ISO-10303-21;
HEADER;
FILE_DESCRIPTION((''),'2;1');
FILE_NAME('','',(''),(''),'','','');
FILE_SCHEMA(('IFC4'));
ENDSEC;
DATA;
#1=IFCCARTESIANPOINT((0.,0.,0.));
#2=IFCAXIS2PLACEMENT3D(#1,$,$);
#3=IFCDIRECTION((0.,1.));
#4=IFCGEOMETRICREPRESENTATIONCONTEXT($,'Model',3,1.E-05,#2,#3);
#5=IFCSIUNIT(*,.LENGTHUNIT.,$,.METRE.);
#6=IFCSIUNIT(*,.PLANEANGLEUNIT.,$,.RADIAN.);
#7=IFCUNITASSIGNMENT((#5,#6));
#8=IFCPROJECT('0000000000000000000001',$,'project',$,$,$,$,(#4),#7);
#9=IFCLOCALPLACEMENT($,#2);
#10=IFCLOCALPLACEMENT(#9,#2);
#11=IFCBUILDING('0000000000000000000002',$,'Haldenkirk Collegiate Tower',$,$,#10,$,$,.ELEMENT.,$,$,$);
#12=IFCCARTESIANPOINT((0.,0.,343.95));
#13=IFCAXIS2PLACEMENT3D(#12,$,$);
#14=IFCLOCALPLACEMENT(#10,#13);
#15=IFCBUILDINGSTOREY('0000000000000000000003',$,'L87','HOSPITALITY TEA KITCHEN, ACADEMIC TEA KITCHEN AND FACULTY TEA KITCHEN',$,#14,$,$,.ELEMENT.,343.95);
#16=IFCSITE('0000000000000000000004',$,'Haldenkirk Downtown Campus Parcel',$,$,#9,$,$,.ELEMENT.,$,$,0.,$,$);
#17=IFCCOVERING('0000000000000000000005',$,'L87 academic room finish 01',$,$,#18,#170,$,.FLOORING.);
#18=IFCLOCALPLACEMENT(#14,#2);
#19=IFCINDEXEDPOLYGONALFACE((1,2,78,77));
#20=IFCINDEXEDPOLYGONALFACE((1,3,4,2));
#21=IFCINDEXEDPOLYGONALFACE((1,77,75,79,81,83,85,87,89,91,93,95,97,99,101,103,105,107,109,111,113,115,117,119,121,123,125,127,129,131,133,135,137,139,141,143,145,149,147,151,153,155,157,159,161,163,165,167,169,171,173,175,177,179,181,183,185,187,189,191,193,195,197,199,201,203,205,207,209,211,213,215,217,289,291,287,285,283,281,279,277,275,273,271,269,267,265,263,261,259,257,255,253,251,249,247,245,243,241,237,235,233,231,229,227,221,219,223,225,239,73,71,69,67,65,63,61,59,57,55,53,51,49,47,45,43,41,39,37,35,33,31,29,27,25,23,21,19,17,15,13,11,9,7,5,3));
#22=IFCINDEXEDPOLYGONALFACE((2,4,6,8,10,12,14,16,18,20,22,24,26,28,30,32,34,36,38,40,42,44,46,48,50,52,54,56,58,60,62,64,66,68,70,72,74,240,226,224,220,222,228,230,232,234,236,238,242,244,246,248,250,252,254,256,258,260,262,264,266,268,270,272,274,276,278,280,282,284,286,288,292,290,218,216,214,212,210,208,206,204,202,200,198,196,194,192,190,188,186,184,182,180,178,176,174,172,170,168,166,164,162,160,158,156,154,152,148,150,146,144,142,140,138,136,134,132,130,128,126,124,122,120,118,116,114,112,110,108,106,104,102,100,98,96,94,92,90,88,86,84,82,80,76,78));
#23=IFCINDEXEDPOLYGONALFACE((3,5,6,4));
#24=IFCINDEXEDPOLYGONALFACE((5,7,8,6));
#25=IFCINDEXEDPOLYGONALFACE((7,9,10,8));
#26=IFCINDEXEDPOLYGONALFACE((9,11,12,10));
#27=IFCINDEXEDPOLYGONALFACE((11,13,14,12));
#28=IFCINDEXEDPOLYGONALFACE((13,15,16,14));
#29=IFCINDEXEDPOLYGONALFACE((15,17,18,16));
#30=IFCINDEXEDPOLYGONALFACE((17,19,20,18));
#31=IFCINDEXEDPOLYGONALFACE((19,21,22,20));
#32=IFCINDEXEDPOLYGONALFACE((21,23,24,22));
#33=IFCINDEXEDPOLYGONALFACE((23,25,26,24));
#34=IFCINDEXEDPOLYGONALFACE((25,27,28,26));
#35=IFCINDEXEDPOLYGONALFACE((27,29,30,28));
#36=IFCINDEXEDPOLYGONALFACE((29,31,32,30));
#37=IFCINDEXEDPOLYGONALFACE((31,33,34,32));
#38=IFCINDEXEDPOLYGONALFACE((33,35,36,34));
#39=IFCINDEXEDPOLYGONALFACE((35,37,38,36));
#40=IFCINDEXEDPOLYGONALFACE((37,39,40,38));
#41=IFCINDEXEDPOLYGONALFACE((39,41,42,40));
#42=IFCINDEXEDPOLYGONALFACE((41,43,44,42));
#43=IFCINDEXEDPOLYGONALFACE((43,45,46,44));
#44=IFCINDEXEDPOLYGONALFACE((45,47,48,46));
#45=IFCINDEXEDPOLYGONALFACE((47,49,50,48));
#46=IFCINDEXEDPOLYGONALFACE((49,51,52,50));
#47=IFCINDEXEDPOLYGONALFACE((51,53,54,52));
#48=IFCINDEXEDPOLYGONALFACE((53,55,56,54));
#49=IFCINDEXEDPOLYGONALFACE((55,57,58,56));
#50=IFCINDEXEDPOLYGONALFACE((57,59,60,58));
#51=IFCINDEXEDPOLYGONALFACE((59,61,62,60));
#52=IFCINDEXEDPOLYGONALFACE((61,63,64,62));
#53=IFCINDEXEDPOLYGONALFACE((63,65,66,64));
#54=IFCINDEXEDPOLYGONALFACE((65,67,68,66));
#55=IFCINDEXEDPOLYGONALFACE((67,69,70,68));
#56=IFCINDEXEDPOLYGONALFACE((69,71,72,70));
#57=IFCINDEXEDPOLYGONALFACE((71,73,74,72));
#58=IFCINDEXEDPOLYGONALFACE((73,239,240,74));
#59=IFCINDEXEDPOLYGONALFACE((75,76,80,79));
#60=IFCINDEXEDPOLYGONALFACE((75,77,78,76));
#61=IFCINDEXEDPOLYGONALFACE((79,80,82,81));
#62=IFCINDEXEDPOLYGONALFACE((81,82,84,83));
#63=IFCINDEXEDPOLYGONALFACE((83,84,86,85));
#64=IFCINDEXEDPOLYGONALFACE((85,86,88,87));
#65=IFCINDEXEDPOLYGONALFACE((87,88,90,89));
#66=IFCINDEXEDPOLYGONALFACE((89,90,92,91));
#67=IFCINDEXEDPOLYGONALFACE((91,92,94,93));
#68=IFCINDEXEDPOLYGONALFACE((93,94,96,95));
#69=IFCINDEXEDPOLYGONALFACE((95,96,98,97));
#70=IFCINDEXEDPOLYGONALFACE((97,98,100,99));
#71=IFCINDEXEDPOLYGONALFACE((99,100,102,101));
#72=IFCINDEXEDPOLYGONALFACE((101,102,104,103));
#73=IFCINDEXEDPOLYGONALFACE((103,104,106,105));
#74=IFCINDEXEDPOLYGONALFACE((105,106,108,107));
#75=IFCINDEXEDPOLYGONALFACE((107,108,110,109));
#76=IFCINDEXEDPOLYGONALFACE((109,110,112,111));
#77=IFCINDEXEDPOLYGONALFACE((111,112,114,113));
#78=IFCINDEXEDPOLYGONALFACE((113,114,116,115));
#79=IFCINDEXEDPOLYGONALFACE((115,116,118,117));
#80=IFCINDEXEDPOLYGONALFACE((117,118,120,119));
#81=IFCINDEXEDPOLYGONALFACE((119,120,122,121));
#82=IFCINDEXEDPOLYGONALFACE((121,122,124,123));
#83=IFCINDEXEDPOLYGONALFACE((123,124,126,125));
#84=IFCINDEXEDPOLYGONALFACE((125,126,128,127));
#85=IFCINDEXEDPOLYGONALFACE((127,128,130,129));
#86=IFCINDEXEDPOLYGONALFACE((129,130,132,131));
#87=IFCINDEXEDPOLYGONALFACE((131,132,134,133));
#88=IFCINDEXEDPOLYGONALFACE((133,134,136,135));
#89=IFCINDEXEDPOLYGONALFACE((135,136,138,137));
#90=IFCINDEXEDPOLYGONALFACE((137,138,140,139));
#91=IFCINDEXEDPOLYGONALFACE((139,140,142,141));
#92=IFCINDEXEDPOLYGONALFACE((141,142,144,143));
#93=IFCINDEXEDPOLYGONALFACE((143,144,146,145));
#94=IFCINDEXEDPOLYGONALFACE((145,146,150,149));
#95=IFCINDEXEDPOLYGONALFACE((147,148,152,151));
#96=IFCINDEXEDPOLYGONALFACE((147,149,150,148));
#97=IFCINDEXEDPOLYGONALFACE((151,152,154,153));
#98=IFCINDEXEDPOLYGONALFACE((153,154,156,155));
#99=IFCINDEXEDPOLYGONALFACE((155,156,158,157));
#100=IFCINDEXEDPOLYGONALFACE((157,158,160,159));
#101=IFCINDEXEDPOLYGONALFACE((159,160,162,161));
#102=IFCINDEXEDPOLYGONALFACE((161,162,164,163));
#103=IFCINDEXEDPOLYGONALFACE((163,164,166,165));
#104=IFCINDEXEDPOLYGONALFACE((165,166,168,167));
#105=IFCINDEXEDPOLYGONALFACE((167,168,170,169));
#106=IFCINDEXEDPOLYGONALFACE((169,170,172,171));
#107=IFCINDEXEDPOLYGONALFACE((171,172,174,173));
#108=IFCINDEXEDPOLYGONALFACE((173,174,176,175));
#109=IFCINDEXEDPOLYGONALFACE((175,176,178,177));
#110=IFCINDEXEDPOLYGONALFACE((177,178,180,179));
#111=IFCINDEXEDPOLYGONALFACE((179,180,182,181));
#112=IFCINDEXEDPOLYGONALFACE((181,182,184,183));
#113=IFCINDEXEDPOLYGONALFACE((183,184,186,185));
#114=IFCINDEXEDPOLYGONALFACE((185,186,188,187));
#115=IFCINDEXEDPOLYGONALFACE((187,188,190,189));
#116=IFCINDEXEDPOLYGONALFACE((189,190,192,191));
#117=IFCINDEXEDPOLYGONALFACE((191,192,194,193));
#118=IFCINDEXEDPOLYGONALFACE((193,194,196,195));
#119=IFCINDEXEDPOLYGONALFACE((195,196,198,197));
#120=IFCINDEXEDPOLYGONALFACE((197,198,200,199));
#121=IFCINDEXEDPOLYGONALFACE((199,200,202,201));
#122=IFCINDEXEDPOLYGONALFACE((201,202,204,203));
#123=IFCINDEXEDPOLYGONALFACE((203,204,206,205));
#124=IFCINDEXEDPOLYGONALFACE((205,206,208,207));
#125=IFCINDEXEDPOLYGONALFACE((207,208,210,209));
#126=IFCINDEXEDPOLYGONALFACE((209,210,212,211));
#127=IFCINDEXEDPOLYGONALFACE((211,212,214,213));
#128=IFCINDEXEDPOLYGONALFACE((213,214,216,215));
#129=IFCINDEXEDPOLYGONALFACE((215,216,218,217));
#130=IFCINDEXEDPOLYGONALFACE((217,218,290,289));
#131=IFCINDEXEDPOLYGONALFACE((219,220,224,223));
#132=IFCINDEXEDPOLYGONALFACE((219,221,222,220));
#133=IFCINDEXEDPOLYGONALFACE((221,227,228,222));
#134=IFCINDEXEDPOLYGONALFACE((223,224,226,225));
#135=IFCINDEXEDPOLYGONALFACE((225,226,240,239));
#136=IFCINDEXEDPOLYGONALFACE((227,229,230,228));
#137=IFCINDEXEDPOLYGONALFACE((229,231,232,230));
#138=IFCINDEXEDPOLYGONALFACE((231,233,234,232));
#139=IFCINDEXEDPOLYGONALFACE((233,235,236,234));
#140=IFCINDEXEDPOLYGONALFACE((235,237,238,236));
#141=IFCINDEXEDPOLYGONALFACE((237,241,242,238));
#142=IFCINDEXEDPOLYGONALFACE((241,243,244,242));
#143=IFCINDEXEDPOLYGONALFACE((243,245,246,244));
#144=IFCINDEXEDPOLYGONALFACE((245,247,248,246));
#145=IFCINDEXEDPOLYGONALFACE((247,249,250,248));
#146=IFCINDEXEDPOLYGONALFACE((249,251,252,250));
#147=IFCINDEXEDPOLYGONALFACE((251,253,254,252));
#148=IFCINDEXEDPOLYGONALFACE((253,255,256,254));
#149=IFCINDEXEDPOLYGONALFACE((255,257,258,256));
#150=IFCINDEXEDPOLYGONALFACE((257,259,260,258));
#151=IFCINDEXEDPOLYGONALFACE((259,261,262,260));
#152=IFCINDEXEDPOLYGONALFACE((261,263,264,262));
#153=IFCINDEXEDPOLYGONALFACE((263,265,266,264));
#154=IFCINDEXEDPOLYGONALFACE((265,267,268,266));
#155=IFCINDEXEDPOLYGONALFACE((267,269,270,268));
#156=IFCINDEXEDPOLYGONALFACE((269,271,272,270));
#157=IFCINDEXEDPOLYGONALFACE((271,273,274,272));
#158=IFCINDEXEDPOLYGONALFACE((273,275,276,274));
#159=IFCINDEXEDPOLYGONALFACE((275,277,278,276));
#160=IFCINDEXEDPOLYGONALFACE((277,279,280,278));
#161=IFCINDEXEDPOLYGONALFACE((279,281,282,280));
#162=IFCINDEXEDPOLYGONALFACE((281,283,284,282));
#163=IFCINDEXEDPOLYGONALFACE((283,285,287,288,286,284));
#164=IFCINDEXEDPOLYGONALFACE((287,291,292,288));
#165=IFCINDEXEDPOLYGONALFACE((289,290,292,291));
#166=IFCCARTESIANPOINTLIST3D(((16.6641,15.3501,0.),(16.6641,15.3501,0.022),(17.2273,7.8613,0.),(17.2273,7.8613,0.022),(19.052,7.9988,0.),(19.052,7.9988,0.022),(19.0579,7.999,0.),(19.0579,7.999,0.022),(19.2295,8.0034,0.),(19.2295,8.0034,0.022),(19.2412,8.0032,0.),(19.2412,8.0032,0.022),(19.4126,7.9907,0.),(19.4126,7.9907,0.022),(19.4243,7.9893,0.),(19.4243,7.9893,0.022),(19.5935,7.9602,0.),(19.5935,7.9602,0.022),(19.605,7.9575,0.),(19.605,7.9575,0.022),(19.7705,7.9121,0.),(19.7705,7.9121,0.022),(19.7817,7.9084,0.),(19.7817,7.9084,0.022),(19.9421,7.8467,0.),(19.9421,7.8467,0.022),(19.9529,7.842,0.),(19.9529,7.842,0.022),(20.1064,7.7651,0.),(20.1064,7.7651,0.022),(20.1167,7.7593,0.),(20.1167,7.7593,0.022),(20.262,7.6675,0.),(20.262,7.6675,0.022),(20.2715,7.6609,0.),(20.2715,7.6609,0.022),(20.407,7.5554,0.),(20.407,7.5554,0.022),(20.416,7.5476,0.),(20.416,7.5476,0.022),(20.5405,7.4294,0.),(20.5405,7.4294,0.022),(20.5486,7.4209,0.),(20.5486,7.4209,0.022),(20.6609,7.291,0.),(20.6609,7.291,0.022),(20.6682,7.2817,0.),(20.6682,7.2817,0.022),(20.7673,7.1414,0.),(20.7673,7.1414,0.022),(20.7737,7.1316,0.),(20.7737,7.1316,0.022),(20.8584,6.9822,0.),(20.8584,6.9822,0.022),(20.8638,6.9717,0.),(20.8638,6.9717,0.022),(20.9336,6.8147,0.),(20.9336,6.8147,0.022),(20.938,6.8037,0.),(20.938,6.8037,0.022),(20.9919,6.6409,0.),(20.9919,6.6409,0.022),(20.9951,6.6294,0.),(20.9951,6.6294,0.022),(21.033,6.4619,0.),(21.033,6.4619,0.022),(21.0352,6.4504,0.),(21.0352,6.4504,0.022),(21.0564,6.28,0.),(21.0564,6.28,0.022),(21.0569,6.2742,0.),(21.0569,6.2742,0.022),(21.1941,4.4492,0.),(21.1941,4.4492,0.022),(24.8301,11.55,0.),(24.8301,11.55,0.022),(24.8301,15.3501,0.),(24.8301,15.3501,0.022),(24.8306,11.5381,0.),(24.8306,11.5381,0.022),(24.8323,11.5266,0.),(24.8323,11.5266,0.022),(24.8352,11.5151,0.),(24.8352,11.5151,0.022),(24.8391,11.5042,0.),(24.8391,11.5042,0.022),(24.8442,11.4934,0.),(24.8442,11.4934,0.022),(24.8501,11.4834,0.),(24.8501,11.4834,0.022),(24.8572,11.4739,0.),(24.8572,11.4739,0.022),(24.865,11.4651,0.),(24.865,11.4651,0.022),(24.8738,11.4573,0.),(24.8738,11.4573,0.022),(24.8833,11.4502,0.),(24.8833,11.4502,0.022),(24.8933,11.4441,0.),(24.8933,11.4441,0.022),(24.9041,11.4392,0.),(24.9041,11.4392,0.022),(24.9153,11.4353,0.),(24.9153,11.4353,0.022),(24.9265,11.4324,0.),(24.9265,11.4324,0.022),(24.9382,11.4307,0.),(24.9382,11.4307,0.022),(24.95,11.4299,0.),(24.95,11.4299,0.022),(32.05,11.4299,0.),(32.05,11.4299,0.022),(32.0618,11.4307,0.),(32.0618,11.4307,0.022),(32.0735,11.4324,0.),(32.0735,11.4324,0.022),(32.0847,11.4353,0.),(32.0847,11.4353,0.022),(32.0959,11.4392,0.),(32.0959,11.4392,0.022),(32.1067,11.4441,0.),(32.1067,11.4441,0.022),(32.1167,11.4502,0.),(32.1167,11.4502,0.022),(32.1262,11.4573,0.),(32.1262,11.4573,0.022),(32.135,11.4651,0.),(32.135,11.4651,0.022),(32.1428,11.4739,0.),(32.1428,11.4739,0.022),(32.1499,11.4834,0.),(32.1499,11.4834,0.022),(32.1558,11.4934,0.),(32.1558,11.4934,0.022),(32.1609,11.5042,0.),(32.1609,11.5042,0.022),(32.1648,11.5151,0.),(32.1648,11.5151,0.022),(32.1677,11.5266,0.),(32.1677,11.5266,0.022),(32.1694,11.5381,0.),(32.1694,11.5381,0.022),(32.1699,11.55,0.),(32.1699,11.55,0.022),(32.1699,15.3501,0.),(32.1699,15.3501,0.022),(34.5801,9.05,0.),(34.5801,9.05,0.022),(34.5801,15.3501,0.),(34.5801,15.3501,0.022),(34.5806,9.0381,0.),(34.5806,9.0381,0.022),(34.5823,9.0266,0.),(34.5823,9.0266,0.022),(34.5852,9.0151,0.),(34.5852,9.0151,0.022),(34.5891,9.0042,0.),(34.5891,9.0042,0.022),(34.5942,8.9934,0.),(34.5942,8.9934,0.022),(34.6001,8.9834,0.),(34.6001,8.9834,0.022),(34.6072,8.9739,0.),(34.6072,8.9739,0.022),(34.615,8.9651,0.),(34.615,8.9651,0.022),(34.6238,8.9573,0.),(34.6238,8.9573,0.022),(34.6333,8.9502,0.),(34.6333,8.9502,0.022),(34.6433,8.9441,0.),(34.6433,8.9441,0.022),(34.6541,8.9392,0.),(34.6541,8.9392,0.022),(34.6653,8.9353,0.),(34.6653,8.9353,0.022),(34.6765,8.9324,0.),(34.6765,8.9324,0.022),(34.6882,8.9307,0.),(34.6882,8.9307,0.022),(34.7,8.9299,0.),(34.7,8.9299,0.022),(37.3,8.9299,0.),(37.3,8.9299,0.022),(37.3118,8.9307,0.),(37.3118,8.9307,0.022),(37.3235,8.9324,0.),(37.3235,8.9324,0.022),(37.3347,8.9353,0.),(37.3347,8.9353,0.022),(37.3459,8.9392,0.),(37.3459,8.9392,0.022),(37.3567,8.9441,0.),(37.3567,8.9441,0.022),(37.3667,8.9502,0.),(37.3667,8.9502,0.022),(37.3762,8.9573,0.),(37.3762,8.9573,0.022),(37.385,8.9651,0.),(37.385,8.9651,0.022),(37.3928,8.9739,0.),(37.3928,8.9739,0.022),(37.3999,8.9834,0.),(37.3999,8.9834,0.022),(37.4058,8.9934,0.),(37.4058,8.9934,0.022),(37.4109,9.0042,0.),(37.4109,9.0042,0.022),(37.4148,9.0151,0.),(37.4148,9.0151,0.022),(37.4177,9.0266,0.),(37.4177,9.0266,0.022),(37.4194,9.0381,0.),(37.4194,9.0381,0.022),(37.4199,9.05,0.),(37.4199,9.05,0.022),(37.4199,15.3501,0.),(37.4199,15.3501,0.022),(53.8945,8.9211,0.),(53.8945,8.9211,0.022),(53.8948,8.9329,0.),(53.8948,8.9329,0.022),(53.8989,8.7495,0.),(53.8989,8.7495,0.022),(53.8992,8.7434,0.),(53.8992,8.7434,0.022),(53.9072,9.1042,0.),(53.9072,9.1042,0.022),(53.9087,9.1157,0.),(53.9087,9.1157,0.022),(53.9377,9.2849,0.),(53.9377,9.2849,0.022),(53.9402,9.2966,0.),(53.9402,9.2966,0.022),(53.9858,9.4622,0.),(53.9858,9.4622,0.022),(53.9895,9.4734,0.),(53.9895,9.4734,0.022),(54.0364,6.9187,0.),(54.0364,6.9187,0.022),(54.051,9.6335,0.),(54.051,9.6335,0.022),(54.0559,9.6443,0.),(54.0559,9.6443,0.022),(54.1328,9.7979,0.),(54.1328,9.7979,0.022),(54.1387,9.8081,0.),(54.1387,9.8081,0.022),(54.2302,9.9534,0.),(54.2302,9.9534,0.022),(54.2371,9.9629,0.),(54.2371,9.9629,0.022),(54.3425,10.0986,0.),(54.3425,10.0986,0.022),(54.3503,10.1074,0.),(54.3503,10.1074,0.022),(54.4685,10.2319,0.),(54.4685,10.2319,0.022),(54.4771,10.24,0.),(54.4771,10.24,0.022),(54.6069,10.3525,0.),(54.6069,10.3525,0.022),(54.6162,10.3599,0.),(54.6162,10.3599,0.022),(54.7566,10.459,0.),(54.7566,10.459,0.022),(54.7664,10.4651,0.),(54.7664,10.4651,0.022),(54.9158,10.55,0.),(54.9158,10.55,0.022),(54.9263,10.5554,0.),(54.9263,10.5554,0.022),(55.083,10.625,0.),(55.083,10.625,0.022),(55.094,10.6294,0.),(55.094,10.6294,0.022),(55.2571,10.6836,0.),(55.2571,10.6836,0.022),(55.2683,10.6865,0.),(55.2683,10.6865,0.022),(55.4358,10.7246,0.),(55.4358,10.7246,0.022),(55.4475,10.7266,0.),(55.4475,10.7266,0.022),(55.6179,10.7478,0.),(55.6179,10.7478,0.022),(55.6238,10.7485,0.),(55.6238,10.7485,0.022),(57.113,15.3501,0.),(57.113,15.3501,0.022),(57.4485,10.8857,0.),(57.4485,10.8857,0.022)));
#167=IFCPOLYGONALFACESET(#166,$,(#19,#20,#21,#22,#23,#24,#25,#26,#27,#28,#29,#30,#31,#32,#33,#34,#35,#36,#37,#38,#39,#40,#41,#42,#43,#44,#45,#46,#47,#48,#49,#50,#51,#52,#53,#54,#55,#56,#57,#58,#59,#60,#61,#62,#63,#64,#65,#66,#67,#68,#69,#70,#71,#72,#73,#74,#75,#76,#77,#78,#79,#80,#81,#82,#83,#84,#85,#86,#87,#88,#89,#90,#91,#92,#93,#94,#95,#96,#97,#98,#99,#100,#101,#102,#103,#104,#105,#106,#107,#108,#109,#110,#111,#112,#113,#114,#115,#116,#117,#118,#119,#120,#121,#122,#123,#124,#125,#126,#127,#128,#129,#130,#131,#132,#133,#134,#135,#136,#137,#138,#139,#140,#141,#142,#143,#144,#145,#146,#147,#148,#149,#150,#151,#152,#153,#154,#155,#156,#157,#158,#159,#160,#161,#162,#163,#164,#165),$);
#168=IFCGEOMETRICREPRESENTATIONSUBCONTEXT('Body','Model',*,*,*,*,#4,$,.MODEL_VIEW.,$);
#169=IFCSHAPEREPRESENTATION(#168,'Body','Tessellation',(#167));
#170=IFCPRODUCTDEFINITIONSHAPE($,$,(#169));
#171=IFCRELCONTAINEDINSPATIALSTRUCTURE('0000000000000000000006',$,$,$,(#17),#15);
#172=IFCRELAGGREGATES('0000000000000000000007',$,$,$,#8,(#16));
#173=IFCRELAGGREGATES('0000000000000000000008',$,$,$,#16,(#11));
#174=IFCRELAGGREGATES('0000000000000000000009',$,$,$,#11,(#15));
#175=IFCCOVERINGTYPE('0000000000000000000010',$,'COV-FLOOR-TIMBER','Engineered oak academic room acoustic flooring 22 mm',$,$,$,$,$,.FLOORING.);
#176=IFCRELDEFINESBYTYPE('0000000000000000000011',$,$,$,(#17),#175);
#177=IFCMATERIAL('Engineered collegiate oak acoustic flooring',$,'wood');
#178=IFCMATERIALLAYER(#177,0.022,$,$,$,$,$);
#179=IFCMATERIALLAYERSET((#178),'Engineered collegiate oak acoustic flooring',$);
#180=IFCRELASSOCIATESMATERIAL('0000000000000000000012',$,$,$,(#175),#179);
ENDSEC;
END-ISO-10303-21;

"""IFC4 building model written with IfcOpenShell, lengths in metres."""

from ifc_helpers import new_model, si_unit, direction, frame, origin, place, context, subcontext, project, spatial, polyline, outline, extrude, material, layer, layer_set, type_object, element, save


model = new_model("IFC4")

# Units and contexts
model_context = context("Model", 3, precision=1e-05, world=origin(), true_north=direction((0.0, 1.0)))
body_context = subcontext(model_context, "Body", "Model", "MODEL_VIEW")
ifc_project = project(units=[si_unit("LENGTHUNIT", "METRE"), si_unit("PLANEANGLEUNIT", "RADIAN")], contexts=[model_context])

# Site, building, storey
site_placement = place(None, origin())
site = spatial("IfcSite", under=ifc_project, at=site_placement, Name="Haldenkirk Downtown Campus Parcel", CompositionType="ELEMENT", RefElevation=0.0)
building_placement = place(site_placement, origin())
building = spatial("IfcBuilding", under=site, at=building_placement, Name="Haldenkirk Collegiate Tower", CompositionType="ELEMENT")
storey_placement = place(building_placement, frame((0.0, 0.0, 343.95)))
storey = spatial("IfcBuildingStorey", under=building, at=storey_placement, Name="L87", Description="HOSPITALITY TEA KITCHEN, ACADEMIC TEA KITCHEN AND FACULTY TEA KITCHEN", CompositionType="ELEMENT", Elevation=343.95)

# Covering
ifc_material_1 = material(Name="Engineered collegiate oak acoustic flooring", Category="wood")
ifc_layer_1 = layer(ifc_material_1, 0.022)
ifc_layer_set_1 = layer_set([ifc_layer_1], Name="Engineered collegiate oak acoustic flooring")
covering_type_1 = type_object("IfcCoveringType", Name="COV-FLOOR-TIMBER", Description="Engineered oak academic room acoustic flooring 22 mm", PredefinedType="FLOORING", material=ifc_layer_set_1)
covering_1_placement = place(storey_placement, origin())
element("IfcCovering", 1, at=covering_1_placement, inside=storey, type_object=covering_type_1, Name="L87 academic room finish 01", PredefinedType="FLOORING", context=body_context, shape_type="SweptSolid", body=[
    extrude(outline(polyline([(54.9263, 10.5554), (54.9158, 10.55), (54.7664, 10.4651), (54.7566, 10.459), (54.6162, 10.3599), (54.6069, 10.3525), (54.4771, 10.24), (54.4685, 10.2319), (54.3503, 10.1074), (54.3425, 10.0986), (54.2371, 9.9629), (54.2302, 9.9534), (54.1387, 9.8081), (54.1328, 9.7979), (54.0559, 9.6443), (54.051, 9.6335), (53.9895, 9.4734), (53.9858, 9.4622), (53.9402, 9.2966), (53.9377, 9.2849), (53.9087, 9.1157), (53.9072, 9.1042), (53.8948, 8.9329), (53.8945, 8.9211), (53.8989, 8.7495), (53.8992, 8.7434), (54.0364, 6.9187), (21.1941, 4.4492), (21.0569, 6.2742), (21.0564, 6.28), (21.0352, 6.4504), (21.033, 6.4619), (20.9951, 6.6294), (20.9919, 6.6409), (20.938, 6.8037), (20.9336, 6.8147), (20.8638, 6.9717), (20.8584, 6.9822), (20.7737, 7.1316), (20.7673, 7.1414), (20.6682, 7.2817), (20.6609, 7.291), (20.5486, 7.4209), (20.5405, 7.4294), (20.416, 7.5476), (20.407, 7.5554), (20.2715, 7.6609), (20.262, 7.6675), (20.1167, 7.7593), (20.1064, 7.7651), (19.9529, 7.842), (19.9421, 7.8467), (19.7817, 7.9084), (19.7705, 7.9121), (19.605, 7.9575), (19.5935, 7.9602), (19.4243, 7.9893), (19.4126, 7.9907), (19.2412, 8.0032), (19.2295, 8.0034), (19.0579, 7.999), (19.052, 7.9988), (17.2273, 7.8613), (16.6641, 15.3501), (24.8301, 15.3501), (24.8301, 11.55), (24.8306, 11.5381), (24.8323, 11.5266), (24.8352, 11.5151), (24.8391, 11.5042), (24.8442, 11.4934), (24.8501, 11.4834), (24.8572, 11.4739), (24.865, 11.4651), (24.8738, 11.4573), (24.8833, 11.4502), (24.8933, 11.4441), (24.9041, 11.4392), (24.9153, 11.4353), (24.9265, 11.4324), (24.9382, 11.4307), (24.95, 11.4299), (32.05, 11.4299), (32.0618, 11.4307), (32.0735, 11.4324), (32.0847, 11.4353), (32.0959, 11.4392), (32.1067, 11.4441), (32.1167, 11.4502), (32.1262, 11.4573), (32.135, 11.4651), (32.1428, 11.4739), (32.1499, 11.4834), (32.1558, 11.4934), (32.1609, 11.5042), (32.1648, 11.5151), (32.1677, 11.5266), (32.1694, 11.5381), (32.1699, 11.55), (32.1699, 15.3501), (34.5801, 15.3501), (34.5801, 9.05), (34.5806, 9.0381), (34.5823, 9.0266), (34.5852, 9.0151), (34.5891, 9.0042), (34.5942, 8.9934), (34.6001, 8.9834), (34.6072, 8.9739), (34.615, 8.9651), (34.6238, 8.9573), (34.6333, 8.9502), (34.6433, 8.9441), (34.6541, 8.9392), (34.6653, 8.9353), (34.6765, 8.9324), (34.6882, 8.9307), (34.7, 8.9299), (37.3, 8.9299), (37.3118, 8.9307), (37.3235, 8.9324), (37.3347, 8.9353), (37.3459, 8.9392), (37.3567, 8.9441), (37.3667, 8.9502), (37.3762, 8.9573), (37.385, 8.9651), (37.3928, 8.9739), (37.3999, 8.9834), (37.4058, 8.9934), (37.4109, 9.0042), (37.4148, 9.0151), (37.4177, 9.0266), (37.4194, 9.0381), (37.4199, 9.05), (37.4199, 15.3501), (57.113, 15.3501), (57.4485, 10.8857), (55.6238, 10.7485), (55.6179, 10.7478), (55.4475, 10.7266), (55.4358, 10.7246), (55.2683, 10.6865), (55.2571, 10.6836), (55.094, 10.6294), (55.083, 10.625), (54.9263, 10.5554)])), origin(), (0.0, 0.0, 1.0), 0.022),
])

save(model, "model.ifc")
